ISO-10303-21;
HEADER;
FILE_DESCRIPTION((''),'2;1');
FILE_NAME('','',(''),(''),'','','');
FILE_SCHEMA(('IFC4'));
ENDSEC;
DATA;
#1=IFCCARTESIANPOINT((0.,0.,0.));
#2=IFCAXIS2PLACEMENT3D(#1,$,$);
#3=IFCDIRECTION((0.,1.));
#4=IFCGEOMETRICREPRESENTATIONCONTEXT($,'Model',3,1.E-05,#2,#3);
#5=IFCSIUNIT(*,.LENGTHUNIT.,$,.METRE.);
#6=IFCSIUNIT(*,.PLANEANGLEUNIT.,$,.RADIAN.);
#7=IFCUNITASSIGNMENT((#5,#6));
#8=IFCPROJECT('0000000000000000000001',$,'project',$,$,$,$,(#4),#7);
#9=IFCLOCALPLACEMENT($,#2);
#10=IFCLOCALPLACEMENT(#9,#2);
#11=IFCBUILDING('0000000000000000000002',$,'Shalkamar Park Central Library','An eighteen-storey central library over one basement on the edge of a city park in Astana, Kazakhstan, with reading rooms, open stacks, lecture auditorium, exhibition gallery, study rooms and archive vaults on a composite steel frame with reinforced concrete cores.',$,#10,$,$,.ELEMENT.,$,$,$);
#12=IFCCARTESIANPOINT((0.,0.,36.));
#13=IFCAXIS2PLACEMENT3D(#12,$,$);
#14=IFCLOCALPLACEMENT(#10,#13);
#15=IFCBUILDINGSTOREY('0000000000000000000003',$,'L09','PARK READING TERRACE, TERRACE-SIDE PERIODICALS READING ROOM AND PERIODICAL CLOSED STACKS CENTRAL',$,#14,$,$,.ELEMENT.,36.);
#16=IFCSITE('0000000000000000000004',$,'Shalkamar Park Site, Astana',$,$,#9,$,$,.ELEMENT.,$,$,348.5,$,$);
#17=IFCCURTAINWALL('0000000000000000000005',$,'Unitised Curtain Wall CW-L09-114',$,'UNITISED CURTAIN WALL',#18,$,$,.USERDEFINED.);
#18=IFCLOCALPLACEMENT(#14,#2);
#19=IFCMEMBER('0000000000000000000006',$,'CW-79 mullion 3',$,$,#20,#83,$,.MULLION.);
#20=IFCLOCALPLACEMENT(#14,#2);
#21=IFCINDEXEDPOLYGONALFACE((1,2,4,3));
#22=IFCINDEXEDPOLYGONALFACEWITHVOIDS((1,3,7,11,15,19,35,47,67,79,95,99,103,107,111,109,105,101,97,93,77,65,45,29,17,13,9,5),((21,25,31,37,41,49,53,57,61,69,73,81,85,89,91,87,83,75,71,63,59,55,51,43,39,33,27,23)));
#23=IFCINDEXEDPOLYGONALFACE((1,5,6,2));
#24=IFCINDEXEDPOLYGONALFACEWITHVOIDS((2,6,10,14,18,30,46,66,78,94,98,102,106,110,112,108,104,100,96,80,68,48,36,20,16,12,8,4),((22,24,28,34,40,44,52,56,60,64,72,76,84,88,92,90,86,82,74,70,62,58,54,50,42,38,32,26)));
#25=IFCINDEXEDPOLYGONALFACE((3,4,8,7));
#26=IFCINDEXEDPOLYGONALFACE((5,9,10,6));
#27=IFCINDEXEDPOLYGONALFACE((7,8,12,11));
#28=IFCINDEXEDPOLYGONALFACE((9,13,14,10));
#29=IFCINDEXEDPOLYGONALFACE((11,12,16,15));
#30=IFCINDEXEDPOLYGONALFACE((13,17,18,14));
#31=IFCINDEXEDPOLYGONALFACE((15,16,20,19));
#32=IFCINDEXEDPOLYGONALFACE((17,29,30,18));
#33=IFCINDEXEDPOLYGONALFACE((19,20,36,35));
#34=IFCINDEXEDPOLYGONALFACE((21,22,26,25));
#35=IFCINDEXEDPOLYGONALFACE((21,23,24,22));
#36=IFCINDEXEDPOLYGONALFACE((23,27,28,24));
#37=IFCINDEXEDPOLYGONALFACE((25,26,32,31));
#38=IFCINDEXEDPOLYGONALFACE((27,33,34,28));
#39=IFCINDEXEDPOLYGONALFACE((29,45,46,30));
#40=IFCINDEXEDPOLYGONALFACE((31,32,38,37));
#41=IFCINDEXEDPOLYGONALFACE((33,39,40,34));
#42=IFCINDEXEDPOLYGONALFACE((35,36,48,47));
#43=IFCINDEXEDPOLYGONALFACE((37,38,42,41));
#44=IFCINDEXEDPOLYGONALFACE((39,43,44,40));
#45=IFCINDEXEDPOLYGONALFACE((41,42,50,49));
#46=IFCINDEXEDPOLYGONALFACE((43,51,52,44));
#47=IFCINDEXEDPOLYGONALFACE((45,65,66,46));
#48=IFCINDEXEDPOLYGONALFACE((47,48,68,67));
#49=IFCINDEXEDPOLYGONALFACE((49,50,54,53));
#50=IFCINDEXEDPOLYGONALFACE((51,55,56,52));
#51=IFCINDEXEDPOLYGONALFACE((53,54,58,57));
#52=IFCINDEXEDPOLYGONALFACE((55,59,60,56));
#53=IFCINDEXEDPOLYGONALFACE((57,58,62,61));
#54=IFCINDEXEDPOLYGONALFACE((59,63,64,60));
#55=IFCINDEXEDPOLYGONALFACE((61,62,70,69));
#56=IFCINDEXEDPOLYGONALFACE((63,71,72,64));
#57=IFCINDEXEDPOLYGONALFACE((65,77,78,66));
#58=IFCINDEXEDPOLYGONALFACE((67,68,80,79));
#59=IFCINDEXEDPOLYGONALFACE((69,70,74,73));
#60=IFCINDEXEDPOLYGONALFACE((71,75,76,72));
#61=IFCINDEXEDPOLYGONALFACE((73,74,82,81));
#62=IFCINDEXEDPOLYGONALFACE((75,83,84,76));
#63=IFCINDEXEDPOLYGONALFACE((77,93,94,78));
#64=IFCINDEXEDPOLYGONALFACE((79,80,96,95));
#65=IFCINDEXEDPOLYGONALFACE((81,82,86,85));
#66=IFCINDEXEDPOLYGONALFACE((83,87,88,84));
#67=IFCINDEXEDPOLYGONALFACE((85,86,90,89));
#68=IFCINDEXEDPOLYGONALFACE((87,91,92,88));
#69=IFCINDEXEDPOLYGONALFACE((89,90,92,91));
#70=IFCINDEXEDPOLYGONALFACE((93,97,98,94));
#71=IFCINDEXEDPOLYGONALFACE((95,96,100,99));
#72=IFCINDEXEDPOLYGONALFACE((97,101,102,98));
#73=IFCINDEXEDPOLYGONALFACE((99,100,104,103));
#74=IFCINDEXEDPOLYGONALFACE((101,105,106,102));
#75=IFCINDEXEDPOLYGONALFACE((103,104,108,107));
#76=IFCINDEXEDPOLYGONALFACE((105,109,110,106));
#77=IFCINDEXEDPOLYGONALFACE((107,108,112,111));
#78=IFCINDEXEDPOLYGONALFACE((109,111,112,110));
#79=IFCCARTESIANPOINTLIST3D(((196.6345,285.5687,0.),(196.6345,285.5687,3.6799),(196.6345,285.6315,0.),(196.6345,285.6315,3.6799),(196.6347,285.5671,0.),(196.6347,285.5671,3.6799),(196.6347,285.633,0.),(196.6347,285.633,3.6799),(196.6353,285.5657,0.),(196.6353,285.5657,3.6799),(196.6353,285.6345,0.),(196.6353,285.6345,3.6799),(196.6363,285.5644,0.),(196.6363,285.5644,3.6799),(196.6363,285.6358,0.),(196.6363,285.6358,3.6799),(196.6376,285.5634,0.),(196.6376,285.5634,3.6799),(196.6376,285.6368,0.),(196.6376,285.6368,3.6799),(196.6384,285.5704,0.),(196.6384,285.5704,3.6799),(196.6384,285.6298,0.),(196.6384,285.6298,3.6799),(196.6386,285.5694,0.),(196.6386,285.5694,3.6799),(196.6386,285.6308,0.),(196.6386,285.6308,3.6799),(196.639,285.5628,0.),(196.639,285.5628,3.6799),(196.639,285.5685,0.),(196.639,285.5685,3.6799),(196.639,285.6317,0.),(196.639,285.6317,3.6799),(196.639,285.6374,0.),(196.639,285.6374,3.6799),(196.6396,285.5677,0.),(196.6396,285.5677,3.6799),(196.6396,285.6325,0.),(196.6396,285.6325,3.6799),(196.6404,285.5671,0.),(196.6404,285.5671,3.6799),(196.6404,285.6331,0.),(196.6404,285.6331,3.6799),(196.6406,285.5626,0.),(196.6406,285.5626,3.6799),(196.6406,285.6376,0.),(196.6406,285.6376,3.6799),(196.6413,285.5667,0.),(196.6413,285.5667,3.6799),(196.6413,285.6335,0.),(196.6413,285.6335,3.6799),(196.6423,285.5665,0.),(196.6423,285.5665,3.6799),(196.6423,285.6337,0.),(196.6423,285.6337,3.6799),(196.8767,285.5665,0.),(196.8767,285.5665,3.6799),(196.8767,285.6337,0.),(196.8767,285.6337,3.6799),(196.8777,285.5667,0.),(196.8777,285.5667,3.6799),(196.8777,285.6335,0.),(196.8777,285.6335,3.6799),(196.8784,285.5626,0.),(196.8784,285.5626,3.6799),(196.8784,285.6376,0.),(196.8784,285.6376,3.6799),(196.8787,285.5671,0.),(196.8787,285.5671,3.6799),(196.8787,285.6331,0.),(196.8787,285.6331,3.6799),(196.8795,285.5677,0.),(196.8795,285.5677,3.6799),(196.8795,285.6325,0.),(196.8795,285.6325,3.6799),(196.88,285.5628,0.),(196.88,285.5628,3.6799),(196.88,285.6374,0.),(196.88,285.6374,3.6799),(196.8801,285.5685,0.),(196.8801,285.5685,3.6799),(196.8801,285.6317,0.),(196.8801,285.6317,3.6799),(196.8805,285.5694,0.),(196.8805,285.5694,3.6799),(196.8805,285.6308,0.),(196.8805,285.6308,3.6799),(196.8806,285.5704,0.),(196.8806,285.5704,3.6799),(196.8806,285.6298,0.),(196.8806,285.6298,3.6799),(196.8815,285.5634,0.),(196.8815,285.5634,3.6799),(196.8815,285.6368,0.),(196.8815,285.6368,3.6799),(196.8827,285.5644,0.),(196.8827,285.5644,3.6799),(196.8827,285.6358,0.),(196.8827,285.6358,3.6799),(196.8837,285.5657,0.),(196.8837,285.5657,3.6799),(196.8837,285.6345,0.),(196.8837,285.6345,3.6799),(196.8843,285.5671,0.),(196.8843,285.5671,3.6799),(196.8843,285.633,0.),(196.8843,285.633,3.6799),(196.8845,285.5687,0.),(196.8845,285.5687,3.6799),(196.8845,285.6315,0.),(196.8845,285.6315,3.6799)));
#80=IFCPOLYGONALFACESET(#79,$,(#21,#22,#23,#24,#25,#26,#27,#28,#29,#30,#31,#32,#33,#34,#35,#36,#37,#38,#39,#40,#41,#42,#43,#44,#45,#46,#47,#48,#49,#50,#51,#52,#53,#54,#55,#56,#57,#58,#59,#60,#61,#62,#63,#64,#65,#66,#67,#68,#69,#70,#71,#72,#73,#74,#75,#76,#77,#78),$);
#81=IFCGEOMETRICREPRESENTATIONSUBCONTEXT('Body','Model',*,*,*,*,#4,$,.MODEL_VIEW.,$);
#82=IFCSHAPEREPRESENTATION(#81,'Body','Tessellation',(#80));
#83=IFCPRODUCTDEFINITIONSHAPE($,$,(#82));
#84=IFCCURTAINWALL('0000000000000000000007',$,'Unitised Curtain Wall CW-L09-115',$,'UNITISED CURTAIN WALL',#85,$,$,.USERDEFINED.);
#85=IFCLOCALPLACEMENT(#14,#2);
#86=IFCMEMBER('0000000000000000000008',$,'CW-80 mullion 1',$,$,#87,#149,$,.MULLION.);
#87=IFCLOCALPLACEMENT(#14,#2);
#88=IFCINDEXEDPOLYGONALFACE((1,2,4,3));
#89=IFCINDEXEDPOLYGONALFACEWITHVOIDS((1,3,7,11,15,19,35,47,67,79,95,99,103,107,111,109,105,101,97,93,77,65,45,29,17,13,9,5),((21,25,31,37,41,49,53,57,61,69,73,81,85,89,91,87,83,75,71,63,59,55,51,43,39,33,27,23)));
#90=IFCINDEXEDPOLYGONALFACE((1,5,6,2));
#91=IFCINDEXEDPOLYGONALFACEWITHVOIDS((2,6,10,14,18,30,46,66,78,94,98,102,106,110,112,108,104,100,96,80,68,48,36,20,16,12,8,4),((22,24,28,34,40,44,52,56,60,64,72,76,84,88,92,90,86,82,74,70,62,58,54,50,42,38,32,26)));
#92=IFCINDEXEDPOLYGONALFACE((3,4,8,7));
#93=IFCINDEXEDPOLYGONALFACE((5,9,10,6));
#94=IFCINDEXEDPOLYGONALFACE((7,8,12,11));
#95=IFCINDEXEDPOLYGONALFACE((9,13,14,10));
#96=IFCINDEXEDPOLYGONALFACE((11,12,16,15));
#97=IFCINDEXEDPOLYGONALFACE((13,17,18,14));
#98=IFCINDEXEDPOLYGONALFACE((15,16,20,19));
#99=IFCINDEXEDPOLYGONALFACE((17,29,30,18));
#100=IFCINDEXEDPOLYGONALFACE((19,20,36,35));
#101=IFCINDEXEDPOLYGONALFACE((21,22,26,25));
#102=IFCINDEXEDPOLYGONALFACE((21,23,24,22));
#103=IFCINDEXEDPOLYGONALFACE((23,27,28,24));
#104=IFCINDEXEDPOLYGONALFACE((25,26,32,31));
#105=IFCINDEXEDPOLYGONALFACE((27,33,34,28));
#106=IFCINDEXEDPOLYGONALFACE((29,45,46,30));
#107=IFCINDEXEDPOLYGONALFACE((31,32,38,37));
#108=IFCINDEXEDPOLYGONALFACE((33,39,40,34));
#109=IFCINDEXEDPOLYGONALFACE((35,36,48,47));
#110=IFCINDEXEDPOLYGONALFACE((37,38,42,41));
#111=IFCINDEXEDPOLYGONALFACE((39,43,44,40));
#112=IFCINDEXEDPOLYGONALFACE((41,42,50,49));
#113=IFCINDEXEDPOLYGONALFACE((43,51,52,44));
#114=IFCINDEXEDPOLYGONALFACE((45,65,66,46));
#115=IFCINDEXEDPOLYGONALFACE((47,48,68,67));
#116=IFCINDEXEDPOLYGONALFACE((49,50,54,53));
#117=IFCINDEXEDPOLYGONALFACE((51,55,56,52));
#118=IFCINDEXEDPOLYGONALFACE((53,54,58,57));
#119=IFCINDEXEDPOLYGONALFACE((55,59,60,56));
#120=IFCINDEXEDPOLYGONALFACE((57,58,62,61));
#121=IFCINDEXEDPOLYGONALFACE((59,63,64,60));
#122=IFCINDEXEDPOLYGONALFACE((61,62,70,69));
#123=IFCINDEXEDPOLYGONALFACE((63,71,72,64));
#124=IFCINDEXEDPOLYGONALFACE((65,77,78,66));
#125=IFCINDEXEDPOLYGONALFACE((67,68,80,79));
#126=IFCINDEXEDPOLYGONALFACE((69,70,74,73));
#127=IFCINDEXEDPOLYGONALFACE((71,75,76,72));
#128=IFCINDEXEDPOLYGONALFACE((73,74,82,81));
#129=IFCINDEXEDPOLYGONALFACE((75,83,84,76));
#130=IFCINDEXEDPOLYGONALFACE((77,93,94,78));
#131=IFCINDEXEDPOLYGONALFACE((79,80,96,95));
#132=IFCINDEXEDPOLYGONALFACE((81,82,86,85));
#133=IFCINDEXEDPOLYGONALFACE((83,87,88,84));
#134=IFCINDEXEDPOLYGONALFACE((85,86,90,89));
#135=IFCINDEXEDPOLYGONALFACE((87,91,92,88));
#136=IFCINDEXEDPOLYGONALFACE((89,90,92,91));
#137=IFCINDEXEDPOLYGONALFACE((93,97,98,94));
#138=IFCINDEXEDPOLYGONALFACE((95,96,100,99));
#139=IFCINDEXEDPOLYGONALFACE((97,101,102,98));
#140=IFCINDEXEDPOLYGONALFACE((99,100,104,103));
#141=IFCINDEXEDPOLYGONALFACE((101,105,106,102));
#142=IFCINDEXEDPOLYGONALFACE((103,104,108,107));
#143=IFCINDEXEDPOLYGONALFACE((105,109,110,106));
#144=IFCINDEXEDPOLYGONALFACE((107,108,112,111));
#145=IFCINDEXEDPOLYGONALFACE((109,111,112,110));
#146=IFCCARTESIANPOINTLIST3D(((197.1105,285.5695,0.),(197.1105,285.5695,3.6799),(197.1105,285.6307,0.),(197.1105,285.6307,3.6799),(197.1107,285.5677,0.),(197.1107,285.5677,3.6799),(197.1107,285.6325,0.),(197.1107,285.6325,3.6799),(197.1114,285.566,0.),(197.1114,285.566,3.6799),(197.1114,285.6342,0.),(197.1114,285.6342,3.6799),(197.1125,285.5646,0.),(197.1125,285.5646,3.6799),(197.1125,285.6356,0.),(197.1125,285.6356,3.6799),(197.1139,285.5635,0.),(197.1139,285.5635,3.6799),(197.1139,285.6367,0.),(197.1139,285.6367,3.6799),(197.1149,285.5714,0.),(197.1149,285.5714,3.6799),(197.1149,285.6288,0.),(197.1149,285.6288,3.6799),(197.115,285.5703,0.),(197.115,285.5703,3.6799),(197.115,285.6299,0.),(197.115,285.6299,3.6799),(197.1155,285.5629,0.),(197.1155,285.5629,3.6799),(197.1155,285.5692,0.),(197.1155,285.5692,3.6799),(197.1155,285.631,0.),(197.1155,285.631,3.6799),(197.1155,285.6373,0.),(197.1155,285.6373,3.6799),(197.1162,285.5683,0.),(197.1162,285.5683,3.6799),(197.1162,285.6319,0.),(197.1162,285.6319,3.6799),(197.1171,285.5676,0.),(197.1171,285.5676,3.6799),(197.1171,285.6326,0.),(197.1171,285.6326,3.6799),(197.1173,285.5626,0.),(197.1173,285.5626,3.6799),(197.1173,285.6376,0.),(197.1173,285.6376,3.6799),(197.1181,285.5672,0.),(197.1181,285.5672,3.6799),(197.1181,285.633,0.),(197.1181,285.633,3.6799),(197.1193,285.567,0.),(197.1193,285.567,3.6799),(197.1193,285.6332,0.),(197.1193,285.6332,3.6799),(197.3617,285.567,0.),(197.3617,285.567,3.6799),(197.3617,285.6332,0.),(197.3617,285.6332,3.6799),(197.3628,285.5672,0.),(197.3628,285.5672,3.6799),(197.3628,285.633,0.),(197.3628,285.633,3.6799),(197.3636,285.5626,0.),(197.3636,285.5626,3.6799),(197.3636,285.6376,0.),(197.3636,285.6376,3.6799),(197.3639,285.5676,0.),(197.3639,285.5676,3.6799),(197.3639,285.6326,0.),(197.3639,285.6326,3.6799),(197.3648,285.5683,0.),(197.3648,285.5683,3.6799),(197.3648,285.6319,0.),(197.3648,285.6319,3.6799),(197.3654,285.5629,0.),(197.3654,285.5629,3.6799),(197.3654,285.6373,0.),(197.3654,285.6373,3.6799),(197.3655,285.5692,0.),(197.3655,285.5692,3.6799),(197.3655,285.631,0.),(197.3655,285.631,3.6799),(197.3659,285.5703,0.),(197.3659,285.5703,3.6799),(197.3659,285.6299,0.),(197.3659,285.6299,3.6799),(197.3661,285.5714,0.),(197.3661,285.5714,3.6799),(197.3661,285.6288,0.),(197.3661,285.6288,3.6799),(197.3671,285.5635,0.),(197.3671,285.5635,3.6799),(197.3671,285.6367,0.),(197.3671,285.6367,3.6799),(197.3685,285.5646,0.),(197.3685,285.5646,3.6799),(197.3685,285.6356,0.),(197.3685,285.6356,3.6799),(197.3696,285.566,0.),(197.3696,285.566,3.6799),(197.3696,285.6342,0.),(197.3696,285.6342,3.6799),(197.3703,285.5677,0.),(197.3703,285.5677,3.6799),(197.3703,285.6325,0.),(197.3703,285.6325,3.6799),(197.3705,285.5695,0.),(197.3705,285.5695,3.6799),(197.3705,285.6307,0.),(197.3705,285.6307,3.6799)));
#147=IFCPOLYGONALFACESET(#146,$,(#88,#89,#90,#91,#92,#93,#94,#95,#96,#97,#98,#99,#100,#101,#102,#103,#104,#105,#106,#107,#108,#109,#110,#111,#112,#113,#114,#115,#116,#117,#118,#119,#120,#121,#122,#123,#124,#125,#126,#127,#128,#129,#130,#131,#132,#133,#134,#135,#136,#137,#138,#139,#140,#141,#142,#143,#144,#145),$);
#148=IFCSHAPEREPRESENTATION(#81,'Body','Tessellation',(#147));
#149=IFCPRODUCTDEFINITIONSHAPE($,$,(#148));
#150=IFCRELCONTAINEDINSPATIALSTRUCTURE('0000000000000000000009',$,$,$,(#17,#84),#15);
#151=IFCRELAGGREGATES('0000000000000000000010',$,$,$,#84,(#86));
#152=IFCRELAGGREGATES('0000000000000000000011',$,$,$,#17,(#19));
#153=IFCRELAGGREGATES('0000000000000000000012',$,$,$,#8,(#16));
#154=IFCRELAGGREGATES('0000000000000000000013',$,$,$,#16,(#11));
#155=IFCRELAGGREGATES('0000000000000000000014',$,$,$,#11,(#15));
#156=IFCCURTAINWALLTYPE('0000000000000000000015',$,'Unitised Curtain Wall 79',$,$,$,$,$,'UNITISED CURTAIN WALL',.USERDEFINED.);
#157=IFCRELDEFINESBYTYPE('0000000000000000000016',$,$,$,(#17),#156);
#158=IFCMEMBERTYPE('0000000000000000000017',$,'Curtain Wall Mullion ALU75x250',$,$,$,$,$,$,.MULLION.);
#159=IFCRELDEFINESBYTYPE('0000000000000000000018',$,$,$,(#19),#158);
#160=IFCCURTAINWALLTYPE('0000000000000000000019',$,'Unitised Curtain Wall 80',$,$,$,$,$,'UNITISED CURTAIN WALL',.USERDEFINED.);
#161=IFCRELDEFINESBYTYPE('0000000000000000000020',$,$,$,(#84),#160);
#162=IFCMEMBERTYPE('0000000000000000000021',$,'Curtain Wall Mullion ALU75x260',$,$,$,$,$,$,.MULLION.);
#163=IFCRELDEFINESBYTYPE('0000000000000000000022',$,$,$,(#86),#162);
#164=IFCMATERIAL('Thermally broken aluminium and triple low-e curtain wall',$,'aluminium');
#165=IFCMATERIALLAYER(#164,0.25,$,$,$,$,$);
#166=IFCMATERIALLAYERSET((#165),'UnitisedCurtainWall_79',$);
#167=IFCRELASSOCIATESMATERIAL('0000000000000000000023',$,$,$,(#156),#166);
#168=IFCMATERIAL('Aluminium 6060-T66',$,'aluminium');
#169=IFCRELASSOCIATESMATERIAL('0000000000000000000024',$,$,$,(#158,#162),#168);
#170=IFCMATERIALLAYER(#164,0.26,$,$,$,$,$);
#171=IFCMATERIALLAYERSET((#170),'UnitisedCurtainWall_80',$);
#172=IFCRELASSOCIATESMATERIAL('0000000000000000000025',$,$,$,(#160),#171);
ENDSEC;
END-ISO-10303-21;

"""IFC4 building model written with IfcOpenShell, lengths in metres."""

from ifc_helpers import new_model, si_unit, direction, frame, origin, origin_2d, place, context, subcontext, project, spatial, hollow_rectangle, extrude, material, layer, layer_set, material_profile, profile_set, type_object, element, aggregate, save


model = new_model("IFC4")

# Units and contexts
model_context = context("Model", 3, precision=1e-05, world=origin(), true_north=direction((0.0, 1.0)))
body_context = subcontext(model_context, "Body", "Model", "MODEL_VIEW")
ifc_project = project(units=[si_unit("LENGTHUNIT", "METRE"), si_unit("PLANEANGLEUNIT", "RADIAN")], contexts=[model_context])

# Site, building, storey
site_placement = place(None, origin())
site = spatial("IfcSite", under=ifc_project, at=site_placement, Name="Shalkamar Park Site, Astana", CompositionType="ELEMENT", RefElevation=348.5)
building_placement = place(site_placement, origin())
building = spatial("IfcBuilding", under=site, at=building_placement, Name="Shalkamar Park Central Library", Description="An eighteen-storey central library over one basement on the edge of a city park in Astana, Kazakhstan, with reading rooms, open stacks, lecture auditorium, exhibition gallery, study rooms and archive vaults on a composite steel frame with reinforced concrete cores.", CompositionType="ELEMENT")
storey_placement = place(building_placement, frame((0.0, 0.0, 36.0)))
storey = spatial("IfcBuildingStorey", under=building, at=storey_placement, Name="L09", Description="PARK READING TERRACE, TERRACE-SIDE PERIODICALS READING ROOM AND PERIODICAL CLOSED STACKS CENTRAL", CompositionType="ELEMENT", Elevation=36.0)

# Curtain walls, members
ifc_material_1 = material(Name="Thermally broken aluminium and triple low-e curtain wall", Category="aluminium")
ifc_layer_1 = layer(ifc_material_1, 0.25)
ifc_layer_set_1 = layer_set([ifc_layer_1], Name="UnitisedCurtainWall_79")
curtain_wall_type_1 = type_object("IfcCurtainWallType", Name="Unitised Curtain Wall 79", ElementType="UNITISED CURTAIN WALL", PredefinedType="USERDEFINED", material=ifc_layer_set_1)
curtain_wall_1_placement = place(storey_placement, origin())
curtain_wall_1 = element("IfcCurtainWall", 1, at=curtain_wall_1_placement, inside=storey, type_object=curtain_wall_type_1, Name="Unitised Curtain Wall CW-L09-114", ObjectType="UNITISED CURTAIN WALL", PredefinedType="USERDEFINED")
ifc_material_2 = material(Name="Aluminium 6060-T66", Category="aluminium")
ifc_material_profile_1 = material_profile(ifc_material_2, hollow_rectangle(XDim=0.075, YDim=0.25, WallThickness=0.0039, InnerFilletRadius=0.0039, OuterFilletRadius=0.0061, at=origin_2d()), Name="ALU 75x250x4")
ifc_profile_set_1 = profile_set([ifc_material_profile_1], Name="Aluminium 6060-T66")
member_type_1 = type_object("IfcMemberType", Name="Curtain Wall Mullion ALU75x250", PredefinedType="MULLION", material=ifc_profile_set_1)
member_1_placement = place(storey_placement, frame((196.7595, 285.6001, 0.0), z_axis=(0.0, 0.0, 1.0), x_axis=(0.0, 1.0, 0.0)))
member_1 = element("IfcMember", 2, at=member_1_placement, type_object=member_type_1, Name="CW-79 mullion 3", PredefinedType="MULLION", context=body_context, shape_type="SweptSolid", body=[
    extrude(hollow_rectangle(XDim=0.075, YDim=0.25, WallThickness=0.0039, InnerFilletRadius=0.0039, OuterFilletRadius=0.0061, at=origin_2d()), origin(), (0.0, 0.0, 1.0), 3.6799),
])
ifc_layer_2 = layer(ifc_material_1, 0.26)
ifc_layer_set_2 = layer_set([ifc_layer_2], Name="UnitisedCurtainWall_80")
curtain_wall_type_2 = type_object("IfcCurtainWallType", Name="Unitised Curtain Wall 80", ElementType="UNITISED CURTAIN WALL", PredefinedType="USERDEFINED", material=ifc_layer_set_2)
curtain_wall_2_placement = place(storey_placement, origin())
curtain_wall_2 = element("IfcCurtainWall", 3, at=curtain_wall_2_placement, inside=storey, type_object=curtain_wall_type_2, Name="Unitised Curtain Wall CW-L09-115", ObjectType="UNITISED CURTAIN WALL", PredefinedType="USERDEFINED")
ifc_material_profile_2 = material_profile(ifc_material_2, hollow_rectangle(XDim=0.075, YDim=0.26, WallThickness=0.0044, InnerFilletRadius=0.0044, OuterFilletRadius=0.0068, at=origin_2d()), Name="ALU 75x260x4.5")
ifc_profile_set_2 = profile_set([ifc_material_profile_2], Name="Aluminium 6060-T66")
member_type_2 = type_object("IfcMemberType", Name="Curtain Wall Mullion ALU75x260", PredefinedType="MULLION", material=ifc_profile_set_2)
member_2_placement = place(storey_placement, frame((197.2405, 285.6001, 0.0), z_axis=(0.0, 0.0, 1.0), x_axis=(0.0, 1.0, 0.0)))
member_2 = element("IfcMember", 4, at=member_2_placement, type_object=member_type_2, Name="CW-80 mullion 1", PredefinedType="MULLION", context=body_context, shape_type="SweptSolid", body=[
    extrude(hollow_rectangle(XDim=0.075, YDim=0.26, WallThickness=0.0044, InnerFilletRadius=0.0044, OuterFilletRadius=0.0068, at=origin_2d()), origin(), (0.0, 0.0, 1.0), 3.6799),
])

aggregate(curtain_wall_2, [member_2])
aggregate(curtain_wall_1, [member_1])

save(model, "model.ifc")
